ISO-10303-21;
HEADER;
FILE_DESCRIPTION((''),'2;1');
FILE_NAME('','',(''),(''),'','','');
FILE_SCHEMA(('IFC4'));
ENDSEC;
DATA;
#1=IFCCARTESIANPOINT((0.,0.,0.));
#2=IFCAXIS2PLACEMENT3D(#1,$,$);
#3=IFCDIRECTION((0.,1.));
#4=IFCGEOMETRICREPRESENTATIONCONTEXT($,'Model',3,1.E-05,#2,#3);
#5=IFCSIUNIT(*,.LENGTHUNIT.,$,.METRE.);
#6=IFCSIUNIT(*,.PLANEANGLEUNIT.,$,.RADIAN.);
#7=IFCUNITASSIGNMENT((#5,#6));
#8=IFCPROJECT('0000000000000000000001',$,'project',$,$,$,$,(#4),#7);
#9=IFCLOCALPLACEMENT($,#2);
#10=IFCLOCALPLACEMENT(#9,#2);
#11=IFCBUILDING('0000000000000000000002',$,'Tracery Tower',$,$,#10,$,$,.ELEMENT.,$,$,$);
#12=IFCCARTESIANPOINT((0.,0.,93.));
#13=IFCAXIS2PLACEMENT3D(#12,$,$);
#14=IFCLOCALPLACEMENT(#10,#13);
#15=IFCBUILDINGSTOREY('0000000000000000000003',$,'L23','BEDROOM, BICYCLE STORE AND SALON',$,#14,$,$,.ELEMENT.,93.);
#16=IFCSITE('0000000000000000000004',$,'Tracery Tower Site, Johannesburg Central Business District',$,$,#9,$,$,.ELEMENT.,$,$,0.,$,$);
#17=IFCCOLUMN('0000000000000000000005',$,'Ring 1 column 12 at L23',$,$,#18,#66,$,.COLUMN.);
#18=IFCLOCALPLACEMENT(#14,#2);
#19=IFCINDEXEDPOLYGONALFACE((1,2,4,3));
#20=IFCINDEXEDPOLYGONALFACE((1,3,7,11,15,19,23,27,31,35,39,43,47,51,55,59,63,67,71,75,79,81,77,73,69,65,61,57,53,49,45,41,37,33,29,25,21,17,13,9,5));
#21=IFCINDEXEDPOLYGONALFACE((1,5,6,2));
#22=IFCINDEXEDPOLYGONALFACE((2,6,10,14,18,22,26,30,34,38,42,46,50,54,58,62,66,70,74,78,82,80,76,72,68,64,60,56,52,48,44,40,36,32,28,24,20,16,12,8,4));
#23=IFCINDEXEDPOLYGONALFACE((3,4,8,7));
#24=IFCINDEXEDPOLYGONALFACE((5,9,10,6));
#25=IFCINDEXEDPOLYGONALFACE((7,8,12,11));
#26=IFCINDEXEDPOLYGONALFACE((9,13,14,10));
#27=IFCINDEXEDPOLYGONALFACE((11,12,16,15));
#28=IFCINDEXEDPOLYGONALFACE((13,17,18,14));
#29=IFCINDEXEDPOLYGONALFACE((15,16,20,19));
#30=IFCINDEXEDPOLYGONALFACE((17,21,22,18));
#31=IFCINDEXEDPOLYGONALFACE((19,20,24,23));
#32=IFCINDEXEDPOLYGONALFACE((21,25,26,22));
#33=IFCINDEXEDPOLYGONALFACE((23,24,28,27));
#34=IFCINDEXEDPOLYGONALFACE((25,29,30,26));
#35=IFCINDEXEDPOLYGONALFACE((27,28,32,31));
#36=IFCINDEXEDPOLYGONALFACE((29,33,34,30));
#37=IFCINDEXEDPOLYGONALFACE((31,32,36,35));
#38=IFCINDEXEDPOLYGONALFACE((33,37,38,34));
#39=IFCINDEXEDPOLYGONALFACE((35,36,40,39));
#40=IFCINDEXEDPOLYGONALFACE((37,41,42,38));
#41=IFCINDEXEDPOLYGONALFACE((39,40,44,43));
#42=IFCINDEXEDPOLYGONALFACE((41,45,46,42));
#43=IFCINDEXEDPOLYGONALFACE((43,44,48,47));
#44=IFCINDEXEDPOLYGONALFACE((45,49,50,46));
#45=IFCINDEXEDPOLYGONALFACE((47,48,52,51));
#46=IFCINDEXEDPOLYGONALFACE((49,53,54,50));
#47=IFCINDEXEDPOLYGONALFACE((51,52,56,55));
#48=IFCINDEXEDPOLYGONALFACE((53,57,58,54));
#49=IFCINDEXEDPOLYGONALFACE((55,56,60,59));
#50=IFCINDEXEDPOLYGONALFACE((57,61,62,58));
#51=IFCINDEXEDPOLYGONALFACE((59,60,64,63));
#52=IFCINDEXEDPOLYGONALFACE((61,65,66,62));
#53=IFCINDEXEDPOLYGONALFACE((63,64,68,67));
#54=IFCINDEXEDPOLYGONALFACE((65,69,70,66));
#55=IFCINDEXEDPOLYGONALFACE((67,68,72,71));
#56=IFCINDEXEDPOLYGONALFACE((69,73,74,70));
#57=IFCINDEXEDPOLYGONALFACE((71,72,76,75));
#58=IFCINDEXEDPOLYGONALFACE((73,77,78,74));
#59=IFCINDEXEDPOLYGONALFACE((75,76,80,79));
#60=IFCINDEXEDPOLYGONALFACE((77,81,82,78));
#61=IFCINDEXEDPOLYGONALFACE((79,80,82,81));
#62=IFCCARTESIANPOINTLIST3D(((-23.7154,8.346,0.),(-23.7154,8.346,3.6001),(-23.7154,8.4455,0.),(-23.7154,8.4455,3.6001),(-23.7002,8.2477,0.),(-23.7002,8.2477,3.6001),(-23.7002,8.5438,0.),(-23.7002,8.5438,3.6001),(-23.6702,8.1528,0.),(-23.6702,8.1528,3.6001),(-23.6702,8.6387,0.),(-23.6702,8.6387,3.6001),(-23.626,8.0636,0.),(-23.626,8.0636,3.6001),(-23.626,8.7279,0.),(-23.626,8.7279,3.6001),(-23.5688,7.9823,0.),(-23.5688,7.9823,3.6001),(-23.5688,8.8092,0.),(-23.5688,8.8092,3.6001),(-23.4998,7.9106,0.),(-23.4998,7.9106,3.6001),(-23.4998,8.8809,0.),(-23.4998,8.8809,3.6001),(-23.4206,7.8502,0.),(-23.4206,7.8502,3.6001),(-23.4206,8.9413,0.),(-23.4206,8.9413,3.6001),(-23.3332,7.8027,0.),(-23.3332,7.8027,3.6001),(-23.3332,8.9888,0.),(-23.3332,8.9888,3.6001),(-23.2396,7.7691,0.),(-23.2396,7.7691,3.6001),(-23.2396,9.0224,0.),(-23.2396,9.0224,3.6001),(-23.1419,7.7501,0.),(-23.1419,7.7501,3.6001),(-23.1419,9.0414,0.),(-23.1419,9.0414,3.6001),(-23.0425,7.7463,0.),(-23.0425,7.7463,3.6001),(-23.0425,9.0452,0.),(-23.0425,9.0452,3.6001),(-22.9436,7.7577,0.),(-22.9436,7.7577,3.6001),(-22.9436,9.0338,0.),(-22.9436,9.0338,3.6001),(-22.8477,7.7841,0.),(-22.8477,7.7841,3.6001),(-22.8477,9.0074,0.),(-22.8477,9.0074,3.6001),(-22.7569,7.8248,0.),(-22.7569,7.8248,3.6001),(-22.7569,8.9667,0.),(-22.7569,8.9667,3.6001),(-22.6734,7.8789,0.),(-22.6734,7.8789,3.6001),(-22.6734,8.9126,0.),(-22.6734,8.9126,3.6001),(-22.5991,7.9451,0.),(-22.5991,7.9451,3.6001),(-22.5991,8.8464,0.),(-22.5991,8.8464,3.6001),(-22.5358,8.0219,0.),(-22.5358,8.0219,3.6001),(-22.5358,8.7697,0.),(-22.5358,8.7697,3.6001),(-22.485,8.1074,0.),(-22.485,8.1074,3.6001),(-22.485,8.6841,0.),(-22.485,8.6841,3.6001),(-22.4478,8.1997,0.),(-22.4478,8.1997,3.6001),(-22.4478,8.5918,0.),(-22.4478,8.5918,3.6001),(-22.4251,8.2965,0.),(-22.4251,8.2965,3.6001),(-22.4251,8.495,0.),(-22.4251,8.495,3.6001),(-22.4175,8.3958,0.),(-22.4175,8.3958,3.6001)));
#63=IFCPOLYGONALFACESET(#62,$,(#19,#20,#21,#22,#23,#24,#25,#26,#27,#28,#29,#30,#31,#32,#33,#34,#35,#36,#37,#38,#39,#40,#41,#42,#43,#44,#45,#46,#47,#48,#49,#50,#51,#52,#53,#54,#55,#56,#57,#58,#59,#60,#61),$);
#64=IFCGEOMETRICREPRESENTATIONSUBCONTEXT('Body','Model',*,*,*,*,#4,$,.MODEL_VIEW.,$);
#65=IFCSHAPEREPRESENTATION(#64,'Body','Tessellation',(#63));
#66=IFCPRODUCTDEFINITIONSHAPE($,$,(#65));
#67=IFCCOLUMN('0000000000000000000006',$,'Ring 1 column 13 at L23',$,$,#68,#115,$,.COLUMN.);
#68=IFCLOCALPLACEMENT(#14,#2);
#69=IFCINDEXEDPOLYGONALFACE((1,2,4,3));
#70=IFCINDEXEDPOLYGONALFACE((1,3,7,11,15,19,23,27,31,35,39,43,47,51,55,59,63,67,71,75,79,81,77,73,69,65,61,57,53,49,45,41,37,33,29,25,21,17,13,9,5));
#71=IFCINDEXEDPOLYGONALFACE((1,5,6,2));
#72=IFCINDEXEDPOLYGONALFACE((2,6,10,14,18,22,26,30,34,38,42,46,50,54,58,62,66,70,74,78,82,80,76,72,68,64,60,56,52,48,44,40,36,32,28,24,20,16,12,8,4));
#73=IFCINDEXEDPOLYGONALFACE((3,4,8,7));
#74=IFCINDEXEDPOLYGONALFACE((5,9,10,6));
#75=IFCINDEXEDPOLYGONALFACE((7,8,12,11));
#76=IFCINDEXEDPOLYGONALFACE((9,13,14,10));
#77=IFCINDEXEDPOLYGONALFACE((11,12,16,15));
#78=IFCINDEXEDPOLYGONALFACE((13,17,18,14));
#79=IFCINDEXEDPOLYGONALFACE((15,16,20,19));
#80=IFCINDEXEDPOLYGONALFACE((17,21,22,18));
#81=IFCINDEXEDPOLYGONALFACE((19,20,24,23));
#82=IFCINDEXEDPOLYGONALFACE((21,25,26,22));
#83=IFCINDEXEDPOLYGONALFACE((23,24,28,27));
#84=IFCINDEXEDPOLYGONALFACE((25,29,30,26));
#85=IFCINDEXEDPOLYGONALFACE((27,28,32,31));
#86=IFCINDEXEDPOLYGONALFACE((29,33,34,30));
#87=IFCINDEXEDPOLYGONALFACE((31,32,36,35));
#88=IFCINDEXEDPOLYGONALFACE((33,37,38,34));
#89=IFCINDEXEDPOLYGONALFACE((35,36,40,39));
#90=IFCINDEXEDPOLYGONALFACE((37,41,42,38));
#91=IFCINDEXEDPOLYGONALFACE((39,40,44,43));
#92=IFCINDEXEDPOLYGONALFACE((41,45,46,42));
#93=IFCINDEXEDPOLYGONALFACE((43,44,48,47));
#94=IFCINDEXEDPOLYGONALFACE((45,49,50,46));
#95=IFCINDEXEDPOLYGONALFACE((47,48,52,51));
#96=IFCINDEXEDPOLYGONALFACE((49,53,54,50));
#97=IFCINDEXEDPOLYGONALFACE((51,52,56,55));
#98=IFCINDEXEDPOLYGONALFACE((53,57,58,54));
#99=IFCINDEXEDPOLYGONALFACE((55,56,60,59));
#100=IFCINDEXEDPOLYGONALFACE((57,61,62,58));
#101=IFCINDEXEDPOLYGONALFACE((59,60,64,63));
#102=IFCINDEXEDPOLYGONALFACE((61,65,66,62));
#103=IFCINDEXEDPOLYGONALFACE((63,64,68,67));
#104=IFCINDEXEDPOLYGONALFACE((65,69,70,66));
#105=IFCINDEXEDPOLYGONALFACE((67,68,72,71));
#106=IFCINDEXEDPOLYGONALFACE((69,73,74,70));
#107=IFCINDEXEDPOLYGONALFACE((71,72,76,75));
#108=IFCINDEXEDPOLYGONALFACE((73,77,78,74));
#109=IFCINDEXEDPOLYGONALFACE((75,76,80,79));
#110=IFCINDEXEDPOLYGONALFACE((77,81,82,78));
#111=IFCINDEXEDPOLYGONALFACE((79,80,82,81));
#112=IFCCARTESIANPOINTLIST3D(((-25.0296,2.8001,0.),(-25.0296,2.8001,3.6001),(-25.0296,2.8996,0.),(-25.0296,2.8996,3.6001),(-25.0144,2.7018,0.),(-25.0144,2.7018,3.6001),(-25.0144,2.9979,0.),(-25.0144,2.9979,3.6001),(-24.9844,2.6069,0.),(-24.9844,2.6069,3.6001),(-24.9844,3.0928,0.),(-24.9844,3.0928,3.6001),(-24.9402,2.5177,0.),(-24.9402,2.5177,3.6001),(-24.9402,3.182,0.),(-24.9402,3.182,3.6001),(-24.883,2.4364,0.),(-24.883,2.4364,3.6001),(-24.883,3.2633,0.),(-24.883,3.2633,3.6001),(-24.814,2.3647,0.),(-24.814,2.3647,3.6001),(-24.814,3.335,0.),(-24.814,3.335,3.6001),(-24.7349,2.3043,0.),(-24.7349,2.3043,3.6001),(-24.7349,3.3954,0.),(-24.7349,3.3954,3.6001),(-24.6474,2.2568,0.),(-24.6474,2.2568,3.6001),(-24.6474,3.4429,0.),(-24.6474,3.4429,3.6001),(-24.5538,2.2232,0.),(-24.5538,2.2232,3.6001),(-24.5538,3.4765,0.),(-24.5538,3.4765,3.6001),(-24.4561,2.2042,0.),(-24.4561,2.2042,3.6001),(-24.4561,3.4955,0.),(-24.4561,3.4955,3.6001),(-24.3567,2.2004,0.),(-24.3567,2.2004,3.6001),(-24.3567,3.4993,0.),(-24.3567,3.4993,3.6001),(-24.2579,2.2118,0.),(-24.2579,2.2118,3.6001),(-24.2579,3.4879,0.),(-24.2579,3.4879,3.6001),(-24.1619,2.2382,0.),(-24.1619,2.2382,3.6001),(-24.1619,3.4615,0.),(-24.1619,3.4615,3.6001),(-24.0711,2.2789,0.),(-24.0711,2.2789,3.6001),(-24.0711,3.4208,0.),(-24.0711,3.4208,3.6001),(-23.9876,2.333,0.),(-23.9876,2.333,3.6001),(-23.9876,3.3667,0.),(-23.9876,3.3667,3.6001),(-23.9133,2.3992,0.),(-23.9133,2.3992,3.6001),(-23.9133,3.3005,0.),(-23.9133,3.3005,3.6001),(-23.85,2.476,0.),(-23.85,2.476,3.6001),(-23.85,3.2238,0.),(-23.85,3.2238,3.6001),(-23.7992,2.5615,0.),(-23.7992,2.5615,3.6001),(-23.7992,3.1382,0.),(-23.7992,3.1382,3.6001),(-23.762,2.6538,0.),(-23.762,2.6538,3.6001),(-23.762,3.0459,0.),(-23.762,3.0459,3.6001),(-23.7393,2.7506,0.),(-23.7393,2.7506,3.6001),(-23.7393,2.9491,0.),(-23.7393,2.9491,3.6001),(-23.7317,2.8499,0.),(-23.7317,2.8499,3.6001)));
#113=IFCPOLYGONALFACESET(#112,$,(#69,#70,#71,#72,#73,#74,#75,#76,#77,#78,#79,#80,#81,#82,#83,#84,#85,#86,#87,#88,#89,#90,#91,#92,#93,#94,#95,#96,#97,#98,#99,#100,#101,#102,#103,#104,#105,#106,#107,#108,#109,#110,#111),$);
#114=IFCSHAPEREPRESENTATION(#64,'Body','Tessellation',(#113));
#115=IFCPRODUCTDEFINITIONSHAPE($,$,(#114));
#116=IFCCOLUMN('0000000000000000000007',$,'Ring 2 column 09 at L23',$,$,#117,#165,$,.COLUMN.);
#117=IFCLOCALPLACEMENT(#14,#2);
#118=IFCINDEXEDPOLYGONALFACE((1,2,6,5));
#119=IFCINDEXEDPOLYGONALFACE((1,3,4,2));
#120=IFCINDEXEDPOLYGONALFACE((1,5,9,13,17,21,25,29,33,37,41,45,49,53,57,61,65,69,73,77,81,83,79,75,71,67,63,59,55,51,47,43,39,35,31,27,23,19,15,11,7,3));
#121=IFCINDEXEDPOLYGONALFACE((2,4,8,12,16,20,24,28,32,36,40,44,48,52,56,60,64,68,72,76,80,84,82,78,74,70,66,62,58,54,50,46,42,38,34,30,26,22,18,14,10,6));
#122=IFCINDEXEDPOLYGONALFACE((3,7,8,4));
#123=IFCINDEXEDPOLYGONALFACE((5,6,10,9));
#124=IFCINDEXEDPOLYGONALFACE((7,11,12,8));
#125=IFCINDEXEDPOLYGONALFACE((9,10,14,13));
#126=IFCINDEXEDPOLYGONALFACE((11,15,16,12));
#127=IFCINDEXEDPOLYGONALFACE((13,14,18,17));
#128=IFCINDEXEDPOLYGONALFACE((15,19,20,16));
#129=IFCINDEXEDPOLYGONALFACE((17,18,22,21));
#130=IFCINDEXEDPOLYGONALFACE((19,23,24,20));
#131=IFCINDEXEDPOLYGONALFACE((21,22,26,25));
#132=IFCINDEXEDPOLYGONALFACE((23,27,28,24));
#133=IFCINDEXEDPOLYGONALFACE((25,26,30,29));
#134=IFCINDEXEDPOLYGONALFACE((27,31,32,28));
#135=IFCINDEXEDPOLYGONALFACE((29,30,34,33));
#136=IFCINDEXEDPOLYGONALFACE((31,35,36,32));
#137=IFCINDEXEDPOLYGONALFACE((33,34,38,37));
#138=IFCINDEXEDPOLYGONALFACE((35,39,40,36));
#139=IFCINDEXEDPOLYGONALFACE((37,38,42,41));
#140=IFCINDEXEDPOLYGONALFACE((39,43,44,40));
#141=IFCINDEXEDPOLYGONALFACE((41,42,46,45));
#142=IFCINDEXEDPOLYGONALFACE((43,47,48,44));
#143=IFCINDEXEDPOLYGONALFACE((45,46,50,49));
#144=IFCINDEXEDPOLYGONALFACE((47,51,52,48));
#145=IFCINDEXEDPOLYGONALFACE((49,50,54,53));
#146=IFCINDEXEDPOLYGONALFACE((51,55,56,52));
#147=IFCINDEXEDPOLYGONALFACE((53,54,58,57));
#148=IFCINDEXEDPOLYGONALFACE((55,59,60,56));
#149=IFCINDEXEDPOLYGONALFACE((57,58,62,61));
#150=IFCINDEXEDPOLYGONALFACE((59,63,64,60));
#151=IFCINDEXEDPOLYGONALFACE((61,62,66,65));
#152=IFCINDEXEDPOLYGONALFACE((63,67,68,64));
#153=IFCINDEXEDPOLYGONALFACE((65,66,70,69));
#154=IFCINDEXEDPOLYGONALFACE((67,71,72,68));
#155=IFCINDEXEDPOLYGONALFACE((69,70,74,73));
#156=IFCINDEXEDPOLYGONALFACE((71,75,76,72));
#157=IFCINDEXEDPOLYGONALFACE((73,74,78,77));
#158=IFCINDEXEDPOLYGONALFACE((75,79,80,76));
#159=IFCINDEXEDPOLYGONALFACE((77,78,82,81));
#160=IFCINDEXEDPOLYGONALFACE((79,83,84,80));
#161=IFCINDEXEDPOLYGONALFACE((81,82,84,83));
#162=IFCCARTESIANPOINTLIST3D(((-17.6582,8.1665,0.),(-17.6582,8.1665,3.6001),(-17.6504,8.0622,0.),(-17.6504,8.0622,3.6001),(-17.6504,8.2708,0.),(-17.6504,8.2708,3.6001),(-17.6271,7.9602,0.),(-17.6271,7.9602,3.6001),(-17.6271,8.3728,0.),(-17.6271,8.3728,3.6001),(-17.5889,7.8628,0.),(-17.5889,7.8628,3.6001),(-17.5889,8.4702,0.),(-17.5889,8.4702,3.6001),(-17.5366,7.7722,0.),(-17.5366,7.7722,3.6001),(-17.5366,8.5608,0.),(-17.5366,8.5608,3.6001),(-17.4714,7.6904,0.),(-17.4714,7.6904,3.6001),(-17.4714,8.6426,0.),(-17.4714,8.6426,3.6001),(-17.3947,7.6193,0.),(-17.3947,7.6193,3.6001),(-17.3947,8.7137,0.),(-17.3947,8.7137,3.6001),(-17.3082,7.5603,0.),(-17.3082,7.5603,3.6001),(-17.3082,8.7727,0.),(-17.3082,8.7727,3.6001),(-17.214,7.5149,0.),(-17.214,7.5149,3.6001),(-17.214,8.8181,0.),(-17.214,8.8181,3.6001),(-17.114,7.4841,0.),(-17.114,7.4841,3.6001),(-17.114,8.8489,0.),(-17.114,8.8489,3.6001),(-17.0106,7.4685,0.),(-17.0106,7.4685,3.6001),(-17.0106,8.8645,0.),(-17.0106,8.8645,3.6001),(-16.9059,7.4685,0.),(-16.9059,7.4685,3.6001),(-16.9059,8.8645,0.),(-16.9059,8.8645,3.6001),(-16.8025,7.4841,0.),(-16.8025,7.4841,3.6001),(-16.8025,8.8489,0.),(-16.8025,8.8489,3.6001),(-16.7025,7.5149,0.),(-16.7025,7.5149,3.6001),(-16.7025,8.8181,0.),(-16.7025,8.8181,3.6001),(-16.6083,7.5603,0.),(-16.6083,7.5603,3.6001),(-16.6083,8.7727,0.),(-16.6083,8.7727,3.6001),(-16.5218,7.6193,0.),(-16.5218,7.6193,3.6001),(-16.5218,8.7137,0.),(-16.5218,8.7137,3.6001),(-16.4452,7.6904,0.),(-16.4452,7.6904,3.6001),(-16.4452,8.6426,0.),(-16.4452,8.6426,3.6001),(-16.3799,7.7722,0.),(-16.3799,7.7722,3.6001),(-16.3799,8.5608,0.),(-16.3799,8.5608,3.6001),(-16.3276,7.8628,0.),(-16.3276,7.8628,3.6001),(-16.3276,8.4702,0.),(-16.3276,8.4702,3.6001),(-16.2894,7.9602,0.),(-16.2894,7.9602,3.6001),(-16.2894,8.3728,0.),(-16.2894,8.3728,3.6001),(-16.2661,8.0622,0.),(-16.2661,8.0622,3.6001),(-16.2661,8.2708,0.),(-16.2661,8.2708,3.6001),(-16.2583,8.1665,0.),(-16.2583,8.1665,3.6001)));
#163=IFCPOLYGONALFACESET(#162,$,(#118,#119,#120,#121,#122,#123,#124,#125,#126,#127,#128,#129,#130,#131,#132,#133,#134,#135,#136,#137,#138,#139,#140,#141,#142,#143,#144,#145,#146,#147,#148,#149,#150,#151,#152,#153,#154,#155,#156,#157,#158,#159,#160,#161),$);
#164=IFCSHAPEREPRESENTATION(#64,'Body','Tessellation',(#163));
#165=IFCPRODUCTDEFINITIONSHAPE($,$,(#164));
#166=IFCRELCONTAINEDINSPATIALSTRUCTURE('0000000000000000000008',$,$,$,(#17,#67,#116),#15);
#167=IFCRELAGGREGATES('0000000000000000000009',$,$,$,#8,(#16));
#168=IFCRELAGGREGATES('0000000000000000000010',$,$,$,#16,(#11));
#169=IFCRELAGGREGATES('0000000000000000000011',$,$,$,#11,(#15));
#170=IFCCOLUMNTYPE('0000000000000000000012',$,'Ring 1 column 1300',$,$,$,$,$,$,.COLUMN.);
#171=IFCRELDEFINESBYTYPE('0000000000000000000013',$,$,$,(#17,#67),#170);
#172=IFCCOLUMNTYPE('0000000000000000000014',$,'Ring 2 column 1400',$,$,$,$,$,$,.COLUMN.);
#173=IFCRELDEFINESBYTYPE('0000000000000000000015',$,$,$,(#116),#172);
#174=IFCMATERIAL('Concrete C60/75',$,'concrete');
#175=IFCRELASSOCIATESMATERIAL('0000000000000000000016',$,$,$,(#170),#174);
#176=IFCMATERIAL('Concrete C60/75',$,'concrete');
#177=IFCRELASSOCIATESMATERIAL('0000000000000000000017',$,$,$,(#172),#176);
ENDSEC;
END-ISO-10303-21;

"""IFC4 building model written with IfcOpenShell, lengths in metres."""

from ifc_helpers import new_model, si_unit, direction, frame, origin, origin_2d, place, context, subcontext, project, spatial, circle, extrude, material, material_profile, profile_set, type_object, element, save


model = new_model("IFC4")

# Units and contexts
model_context = context("Model", 3, precision=1e-05, world=origin(), true_north=direction((0.0, 1.0)))
body_context = subcontext(model_context, "Body", "Model", "MODEL_VIEW")
ifc_project = project(units=[si_unit("LENGTHUNIT", "METRE"), si_unit("PLANEANGLEUNIT", "RADIAN")], contexts=[model_context])

# Site, building, storey
site_placement = place(None, origin())
site = spatial("IfcSite", under=ifc_project, at=site_placement, Name="Tracery Tower Site, Johannesburg Central Business District", CompositionType="ELEMENT", RefElevation=0.0)
building_placement = place(site_placement, origin())
building = spatial("IfcBuilding", under=site, at=building_placement, Name="Tracery Tower", CompositionType="ELEMENT")
storey_placement = place(building_placement, frame((0.0, 0.0, 93.0)))
storey = spatial("IfcBuildingStorey", under=building, at=storey_placement, Name="L23", Description="BEDROOM, BICYCLE STORE AND SALON", CompositionType="ELEMENT", Elevation=93.0)

# Columns
ifc_material_1 = material(Name="Concrete C60/75", Category="concrete")
ifc_material_profile_1 = material_profile(ifc_material_1, circle(Radius=0.6499, at=origin_2d()), Name="RC D1300")
ifc_profile_set_1 = profile_set([ifc_material_profile_1], Name="Concrete C60/75")
column_type_1 = type_object("IfcColumnType", Name="Ring 1 column 1300", PredefinedType="COLUMN", material=ifc_profile_set_1)
for number, where, z_axis, x_axis, name in (
    (1, (-23.0674, 8.3958, 0.0), (0.0, 0.0, 1.0), (1.0, 0.0, 0.0), "Ring 1 column 12 at L23"),
    (2, (-24.3816, 2.8499, 0.0), (0.0, 0.0, 1.0), (1.0, 0.0, 0.0), "Ring 1 column 13 at L23"),
):
    element("IfcColumn", number, at=place(storey_placement, frame(where, z_axis=z_axis, x_axis=x_axis)), inside=storey, type_object=column_type_1, Name=name, PredefinedType="COLUMN", context=body_context, shape_type="SweptSolid", body=[
        extrude(circle(Radius=0.6499, at=origin_2d()), origin(), (0.0, 0.0, 1.0), 3.6001),
    ])
ifc_material_2 = material(Name="Concrete C60/75", Category="concrete")
ifc_material_profile_2 = material_profile(ifc_material_2, circle(Radius=0.7, at=origin_2d()), Name="RC D1400")
ifc_profile_set_2 = profile_set([ifc_material_profile_2], Name="Concrete C60/75")
column_type_2 = type_object("IfcColumnType", Name="Ring 2 column 1400", PredefinedType="COLUMN", material=ifc_profile_set_2)
for number, where, z_axis, x_axis, name in (
    (3, (-16.9583, 8.1665, 0.0), (0.0, 0.0, 1.0), (1.0, 0.0, 0.0), "Ring 2 column 09 at L23"),
):
    element("IfcColumn", number, at=place(storey_placement, frame(where, z_axis=z_axis, x_axis=x_axis)), inside=storey, type_object=column_type_2, Name=name, PredefinedType="COLUMN", context=body_context, shape_type="SweptSolid", body=[
        extrude(circle(Radius=0.7, at=origin_2d()), origin(), (0.0, 0.0, 1.0), 3.6001),
    ])

save(model, "model.ifc")
